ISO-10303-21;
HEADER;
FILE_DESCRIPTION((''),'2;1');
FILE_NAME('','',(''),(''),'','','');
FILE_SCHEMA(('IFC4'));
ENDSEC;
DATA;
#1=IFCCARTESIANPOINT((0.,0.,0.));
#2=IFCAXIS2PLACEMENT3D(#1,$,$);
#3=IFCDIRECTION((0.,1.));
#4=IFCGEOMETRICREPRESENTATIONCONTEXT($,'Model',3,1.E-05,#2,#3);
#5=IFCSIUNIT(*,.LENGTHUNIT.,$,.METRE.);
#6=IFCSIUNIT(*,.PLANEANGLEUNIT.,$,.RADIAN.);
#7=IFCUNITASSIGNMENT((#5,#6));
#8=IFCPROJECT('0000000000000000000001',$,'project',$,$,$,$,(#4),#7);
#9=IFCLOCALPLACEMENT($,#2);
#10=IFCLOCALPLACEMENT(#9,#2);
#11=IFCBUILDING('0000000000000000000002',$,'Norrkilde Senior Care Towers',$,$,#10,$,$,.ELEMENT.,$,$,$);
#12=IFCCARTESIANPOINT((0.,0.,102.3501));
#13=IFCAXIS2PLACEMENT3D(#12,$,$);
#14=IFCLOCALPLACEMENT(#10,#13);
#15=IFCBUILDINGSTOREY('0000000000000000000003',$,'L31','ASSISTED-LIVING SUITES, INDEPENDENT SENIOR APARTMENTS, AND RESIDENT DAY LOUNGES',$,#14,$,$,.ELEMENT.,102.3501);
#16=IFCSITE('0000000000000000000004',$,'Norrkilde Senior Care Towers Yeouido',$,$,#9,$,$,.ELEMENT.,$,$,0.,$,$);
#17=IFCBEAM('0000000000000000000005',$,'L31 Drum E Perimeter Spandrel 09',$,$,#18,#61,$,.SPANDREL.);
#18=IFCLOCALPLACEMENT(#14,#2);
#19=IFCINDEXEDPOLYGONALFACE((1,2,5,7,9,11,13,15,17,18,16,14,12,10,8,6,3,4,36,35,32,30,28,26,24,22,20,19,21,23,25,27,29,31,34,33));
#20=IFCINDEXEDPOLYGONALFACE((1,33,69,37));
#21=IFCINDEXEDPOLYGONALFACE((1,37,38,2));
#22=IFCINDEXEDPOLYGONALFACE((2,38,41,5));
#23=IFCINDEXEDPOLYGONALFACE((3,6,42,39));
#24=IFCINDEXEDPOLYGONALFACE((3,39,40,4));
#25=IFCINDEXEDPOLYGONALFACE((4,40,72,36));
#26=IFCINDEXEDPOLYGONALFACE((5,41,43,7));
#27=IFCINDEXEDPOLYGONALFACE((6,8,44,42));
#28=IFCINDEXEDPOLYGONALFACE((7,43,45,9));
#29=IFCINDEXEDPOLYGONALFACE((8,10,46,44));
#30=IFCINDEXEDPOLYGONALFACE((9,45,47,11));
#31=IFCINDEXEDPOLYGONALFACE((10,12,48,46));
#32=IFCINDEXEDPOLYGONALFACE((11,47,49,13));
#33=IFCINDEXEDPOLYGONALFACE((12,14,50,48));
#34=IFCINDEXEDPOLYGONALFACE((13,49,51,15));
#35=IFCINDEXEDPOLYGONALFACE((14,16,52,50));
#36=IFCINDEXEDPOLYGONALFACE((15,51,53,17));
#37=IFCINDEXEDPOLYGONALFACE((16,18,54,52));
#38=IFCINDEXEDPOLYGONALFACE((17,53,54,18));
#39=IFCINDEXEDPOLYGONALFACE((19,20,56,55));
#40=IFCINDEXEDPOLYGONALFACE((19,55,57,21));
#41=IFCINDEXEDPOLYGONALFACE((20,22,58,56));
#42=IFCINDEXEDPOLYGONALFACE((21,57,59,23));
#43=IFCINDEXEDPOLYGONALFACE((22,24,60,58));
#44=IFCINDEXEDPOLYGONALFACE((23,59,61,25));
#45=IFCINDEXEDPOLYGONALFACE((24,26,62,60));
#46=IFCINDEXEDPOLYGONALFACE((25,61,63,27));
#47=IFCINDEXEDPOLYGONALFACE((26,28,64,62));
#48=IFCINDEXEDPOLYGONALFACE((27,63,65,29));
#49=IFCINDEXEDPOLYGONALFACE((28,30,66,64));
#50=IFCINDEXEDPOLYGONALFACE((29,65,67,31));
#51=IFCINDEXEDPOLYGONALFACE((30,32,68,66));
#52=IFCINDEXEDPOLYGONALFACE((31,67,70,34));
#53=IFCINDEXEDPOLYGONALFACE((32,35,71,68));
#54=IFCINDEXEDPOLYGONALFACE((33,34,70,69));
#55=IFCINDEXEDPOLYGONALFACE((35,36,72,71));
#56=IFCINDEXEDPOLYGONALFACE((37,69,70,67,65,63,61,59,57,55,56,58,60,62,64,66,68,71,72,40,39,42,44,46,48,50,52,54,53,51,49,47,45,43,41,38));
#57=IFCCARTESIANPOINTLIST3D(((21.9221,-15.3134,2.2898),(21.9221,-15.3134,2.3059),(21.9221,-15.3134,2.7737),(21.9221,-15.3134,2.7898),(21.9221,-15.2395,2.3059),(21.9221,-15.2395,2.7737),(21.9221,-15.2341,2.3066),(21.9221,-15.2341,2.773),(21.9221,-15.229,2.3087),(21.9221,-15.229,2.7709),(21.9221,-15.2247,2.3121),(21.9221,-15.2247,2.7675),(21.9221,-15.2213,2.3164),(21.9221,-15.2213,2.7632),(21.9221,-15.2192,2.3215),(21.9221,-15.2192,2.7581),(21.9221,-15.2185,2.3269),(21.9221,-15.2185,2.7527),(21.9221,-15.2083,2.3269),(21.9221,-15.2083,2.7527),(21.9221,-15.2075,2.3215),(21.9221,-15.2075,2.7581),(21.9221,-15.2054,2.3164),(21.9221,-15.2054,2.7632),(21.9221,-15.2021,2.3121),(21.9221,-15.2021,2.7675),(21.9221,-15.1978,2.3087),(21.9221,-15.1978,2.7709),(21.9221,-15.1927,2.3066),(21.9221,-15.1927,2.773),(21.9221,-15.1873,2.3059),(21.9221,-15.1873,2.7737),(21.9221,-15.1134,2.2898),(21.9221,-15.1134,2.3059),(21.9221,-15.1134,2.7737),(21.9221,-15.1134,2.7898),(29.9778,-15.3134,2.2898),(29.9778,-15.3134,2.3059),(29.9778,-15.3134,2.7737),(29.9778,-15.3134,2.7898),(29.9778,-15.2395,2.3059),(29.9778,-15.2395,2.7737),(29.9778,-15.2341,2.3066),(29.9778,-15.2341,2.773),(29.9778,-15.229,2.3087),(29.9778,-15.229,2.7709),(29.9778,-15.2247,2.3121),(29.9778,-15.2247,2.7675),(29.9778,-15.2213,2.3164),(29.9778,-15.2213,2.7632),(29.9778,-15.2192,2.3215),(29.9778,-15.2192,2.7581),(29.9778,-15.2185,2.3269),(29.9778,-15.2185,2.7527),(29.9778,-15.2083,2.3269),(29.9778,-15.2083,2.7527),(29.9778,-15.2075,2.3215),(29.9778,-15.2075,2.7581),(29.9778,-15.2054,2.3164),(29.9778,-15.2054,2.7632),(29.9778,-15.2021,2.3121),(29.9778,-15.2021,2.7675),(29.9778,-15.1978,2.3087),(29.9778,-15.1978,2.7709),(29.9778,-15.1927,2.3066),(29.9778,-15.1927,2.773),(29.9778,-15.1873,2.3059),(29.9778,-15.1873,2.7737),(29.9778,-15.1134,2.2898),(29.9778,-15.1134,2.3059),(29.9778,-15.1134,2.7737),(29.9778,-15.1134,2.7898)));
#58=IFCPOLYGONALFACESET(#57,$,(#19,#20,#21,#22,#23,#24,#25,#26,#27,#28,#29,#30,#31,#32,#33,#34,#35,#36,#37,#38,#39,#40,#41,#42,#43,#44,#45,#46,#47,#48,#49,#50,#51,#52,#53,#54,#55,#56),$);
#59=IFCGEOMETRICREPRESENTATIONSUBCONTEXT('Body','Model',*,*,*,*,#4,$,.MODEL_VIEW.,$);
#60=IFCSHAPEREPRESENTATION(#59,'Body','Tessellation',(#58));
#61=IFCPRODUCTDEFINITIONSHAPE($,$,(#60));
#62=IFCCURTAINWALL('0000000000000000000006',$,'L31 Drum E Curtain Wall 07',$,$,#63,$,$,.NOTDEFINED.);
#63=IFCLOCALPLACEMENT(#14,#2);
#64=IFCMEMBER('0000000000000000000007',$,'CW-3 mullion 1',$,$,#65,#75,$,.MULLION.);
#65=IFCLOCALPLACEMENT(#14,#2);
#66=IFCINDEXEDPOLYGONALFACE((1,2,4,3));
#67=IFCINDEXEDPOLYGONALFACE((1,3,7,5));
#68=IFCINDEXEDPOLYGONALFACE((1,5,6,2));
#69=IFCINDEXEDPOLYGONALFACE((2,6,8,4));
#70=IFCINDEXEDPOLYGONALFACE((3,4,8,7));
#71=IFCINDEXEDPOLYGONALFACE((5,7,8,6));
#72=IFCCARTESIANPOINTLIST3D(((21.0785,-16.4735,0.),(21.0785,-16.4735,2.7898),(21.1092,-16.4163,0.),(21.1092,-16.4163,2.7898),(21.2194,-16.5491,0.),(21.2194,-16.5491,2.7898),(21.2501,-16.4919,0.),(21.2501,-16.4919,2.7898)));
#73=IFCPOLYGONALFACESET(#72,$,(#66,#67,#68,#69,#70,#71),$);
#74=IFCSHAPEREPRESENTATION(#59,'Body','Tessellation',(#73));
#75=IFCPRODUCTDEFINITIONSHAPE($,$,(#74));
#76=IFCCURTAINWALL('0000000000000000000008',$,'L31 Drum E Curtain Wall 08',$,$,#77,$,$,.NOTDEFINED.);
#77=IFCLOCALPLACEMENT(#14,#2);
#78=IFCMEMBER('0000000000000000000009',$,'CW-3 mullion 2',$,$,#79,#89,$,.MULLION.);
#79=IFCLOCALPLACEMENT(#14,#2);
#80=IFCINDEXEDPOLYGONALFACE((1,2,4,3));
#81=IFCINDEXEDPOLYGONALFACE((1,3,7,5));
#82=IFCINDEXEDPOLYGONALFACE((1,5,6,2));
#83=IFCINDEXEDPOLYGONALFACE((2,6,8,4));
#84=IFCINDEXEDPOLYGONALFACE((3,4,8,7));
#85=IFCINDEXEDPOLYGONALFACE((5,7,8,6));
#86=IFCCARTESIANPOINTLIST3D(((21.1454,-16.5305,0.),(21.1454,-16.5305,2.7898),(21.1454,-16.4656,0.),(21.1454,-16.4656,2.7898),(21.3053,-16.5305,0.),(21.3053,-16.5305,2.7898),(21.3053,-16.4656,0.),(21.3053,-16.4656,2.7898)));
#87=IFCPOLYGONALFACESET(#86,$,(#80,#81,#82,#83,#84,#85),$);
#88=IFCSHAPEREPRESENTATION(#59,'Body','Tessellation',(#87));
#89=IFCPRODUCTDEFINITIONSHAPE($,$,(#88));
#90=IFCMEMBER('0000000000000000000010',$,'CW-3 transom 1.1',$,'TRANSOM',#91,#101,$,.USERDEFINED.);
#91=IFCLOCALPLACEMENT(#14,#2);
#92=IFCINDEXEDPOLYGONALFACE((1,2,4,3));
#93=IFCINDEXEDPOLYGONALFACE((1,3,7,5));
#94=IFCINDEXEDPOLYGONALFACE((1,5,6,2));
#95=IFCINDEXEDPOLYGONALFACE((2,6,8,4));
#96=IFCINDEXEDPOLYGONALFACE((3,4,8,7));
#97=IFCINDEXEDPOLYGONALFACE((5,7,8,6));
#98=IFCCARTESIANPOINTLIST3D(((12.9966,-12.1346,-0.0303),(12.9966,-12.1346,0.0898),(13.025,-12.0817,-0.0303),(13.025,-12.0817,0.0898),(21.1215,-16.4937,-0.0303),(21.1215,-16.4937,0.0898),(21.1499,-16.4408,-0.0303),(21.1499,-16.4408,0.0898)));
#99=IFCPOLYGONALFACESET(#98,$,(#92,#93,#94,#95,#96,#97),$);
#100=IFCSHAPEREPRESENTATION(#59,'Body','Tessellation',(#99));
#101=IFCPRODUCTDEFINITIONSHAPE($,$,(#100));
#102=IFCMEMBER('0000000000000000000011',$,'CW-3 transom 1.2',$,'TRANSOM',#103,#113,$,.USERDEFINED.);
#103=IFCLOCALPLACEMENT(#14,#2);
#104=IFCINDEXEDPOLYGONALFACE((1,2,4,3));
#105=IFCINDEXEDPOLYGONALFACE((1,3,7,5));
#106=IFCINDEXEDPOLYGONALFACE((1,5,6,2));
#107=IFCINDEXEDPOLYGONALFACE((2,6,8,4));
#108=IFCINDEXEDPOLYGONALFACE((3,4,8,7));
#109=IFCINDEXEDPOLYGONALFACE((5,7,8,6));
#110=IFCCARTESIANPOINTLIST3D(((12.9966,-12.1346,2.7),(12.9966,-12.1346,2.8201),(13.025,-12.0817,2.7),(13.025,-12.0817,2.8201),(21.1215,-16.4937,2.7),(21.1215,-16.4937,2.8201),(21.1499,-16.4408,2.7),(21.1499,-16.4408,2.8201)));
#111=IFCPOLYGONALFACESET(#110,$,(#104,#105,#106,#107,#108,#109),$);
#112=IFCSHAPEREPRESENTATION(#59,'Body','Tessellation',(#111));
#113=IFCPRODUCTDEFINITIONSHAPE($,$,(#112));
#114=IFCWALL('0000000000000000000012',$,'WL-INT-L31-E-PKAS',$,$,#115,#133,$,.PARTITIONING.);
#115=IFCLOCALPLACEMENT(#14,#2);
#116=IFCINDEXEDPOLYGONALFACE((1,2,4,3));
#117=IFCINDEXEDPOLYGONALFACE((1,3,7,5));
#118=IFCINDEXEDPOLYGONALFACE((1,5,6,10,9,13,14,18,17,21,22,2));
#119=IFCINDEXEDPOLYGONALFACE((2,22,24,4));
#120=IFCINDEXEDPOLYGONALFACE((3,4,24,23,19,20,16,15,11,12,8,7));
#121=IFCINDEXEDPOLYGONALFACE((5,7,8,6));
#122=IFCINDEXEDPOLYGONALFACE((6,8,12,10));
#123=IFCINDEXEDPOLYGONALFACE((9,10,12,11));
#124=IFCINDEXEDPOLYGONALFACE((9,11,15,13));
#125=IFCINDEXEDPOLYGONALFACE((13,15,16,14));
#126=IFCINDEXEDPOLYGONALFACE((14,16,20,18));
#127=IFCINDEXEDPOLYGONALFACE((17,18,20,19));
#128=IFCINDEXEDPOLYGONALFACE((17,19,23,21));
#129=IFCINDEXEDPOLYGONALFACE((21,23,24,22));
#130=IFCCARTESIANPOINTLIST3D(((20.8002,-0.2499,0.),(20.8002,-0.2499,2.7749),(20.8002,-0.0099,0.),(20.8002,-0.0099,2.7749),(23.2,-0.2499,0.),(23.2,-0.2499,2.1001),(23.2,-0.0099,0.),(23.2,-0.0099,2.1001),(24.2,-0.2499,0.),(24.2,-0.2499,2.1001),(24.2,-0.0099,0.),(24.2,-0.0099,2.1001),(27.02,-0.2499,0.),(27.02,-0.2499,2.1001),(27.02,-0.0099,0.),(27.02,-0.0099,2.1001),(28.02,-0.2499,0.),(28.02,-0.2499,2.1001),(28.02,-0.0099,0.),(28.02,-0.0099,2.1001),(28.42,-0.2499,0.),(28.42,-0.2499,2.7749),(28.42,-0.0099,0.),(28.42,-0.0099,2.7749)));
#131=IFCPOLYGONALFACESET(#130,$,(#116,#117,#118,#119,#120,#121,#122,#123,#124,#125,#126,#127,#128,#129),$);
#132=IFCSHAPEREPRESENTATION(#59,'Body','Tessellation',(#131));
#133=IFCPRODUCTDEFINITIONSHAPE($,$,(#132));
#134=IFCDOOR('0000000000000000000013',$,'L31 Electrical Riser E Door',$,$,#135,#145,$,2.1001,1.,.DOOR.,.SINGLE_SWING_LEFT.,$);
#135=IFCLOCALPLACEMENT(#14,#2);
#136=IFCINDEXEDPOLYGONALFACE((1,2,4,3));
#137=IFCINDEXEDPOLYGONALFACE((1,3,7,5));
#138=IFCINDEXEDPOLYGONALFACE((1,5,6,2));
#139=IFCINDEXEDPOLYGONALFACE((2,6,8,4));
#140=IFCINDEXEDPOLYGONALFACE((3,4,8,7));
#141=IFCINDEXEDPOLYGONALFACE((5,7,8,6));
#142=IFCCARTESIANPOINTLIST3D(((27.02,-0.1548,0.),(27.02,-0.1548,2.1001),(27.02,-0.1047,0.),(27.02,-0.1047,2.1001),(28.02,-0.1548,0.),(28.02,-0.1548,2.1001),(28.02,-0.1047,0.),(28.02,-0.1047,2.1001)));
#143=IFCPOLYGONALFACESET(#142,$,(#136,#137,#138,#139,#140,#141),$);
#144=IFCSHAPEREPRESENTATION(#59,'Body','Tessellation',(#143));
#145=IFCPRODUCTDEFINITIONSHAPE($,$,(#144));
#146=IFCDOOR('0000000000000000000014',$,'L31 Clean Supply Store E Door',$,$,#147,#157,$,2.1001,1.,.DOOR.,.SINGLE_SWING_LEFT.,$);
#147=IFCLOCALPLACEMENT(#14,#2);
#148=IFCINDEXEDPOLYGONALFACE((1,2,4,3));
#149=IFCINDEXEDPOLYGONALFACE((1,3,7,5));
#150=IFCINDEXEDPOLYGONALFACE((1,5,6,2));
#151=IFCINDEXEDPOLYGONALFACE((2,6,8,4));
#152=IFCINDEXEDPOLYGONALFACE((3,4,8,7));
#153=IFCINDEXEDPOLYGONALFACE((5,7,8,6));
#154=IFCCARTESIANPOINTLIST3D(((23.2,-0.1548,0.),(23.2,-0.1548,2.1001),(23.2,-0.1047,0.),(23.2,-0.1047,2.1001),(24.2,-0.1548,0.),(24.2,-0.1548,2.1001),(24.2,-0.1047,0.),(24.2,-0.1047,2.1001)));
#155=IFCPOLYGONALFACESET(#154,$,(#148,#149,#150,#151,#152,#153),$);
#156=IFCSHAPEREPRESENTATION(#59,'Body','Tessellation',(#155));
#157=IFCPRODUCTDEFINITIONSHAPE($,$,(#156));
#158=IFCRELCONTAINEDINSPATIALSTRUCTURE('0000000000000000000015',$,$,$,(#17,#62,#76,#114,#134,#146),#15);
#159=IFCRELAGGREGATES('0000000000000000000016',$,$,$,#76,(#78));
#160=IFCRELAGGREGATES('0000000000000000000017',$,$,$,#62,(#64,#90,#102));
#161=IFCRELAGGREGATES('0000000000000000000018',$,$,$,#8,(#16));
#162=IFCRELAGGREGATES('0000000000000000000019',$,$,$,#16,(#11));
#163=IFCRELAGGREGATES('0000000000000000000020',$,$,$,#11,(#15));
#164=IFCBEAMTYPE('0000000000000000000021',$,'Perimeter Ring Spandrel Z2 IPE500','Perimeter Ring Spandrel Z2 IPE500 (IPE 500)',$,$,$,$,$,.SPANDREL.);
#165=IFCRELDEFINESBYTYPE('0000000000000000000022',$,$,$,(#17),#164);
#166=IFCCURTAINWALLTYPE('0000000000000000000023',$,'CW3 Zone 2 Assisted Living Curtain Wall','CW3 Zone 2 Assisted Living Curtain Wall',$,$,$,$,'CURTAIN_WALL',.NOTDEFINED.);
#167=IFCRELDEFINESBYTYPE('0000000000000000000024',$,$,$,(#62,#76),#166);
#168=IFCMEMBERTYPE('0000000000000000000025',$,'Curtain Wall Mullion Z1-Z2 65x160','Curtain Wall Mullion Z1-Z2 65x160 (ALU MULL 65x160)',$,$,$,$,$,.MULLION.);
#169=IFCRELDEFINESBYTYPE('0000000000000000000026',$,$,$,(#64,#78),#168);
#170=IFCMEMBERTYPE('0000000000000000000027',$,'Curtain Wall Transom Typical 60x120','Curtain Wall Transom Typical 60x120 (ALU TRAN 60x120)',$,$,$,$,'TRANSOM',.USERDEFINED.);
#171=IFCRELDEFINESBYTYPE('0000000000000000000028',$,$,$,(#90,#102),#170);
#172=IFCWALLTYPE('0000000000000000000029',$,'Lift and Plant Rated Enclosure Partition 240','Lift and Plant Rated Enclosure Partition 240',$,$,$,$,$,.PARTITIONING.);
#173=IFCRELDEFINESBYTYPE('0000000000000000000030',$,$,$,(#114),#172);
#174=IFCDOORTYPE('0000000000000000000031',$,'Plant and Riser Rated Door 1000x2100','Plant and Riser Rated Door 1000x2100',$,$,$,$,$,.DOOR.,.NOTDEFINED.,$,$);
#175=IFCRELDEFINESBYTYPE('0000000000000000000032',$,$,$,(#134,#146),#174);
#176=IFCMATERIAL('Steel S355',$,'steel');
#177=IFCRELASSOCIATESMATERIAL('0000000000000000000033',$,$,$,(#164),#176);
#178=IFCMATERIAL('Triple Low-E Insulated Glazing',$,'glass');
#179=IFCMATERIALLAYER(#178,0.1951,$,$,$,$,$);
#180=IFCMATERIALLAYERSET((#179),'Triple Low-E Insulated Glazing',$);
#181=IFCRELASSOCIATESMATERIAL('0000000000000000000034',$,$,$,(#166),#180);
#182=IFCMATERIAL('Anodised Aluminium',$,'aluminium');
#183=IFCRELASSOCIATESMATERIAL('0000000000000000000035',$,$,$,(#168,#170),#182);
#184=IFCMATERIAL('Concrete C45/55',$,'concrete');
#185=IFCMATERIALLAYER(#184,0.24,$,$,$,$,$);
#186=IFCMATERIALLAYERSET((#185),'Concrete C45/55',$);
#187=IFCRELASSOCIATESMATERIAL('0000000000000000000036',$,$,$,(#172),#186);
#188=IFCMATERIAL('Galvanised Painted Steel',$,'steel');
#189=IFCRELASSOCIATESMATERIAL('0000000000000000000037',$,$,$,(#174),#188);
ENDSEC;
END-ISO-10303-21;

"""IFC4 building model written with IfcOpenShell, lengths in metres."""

from ifc_helpers import new_model, si_unit, direction, frame, frame_2d, origin, origin_2d, place, context, subcontext, project, spatial, rectangle, i_section, extrude, source, transform, mapped, material, layer, layer_set, material_profile, profile_set, type_object, type_shapes, element, fill, aggregate, save


model = new_model("IFC4")

# Units and contexts
model_context = context("Model", 3, precision=1e-05, world=origin(), true_north=direction((0.0, 1.0)))
body_context = subcontext(model_context, "Body", "Model", "MODEL_VIEW")
ifc_project = project(units=[si_unit("LENGTHUNIT", "METRE"), si_unit("PLANEANGLEUNIT", "RADIAN")], contexts=[model_context])

# Site, building, storey
site_placement = place(None, origin())
site = spatial("IfcSite", under=ifc_project, at=site_placement, Name="Norrkilde Senior Care Towers Yeouido", CompositionType="ELEMENT", RefElevation=0.0)
building_placement = place(site_placement, origin())
building = spatial("IfcBuilding", under=site, at=building_placement, Name="Norrkilde Senior Care Towers", CompositionType="ELEMENT")
storey_placement = place(building_placement, frame((0.0, 0.0, 102.3501)))
storey = spatial("IfcBuildingStorey", under=building, at=storey_placement, Name="L31", Description="ASSISTED-LIVING SUITES, INDEPENDENT SENIOR APARTMENTS, AND RESIDENT DAY LOUNGES", CompositionType="ELEMENT", Elevation=102.3501)

# Beam
ifc_material_1 = material(Name="Steel S355", Category="steel")
ifc_material_profile_1 = material_profile(ifc_material_1, i_section(OverallWidth=0.2, OverallDepth=0.5, WebThickness=0.0103, FlangeThickness=0.0161, FilletRadius=0.021, at=origin_2d()), Name="IPE 500")
ifc_profile_set_1 = profile_set([ifc_material_profile_1], Name="Steel S355")
beam_type_1 = type_object("IfcBeamType", Name="Perimeter Ring Spandrel Z2 IPE500", Description="Perimeter Ring Spandrel Z2 IPE500 (IPE 500)", PredefinedType="SPANDREL", material=ifc_profile_set_1)
shared_shape_1 = source(origin(), body_context, "Body", "SweptSolid", [
    extrude(i_section(OverallWidth=0.2, OverallDepth=0.5, WebThickness=0.0103, FlangeThickness=0.0161, FilletRadius=0.021, at=origin_2d()), origin(), (0.0, 0.0, 1.0), 8.0557),
])
type_shapes(beam_type_1, [shared_shape_1])
beam_1_placement = place(storey_placement, frame((21.9221, -15.2134, 2.5398), z_axis=(1.0, 0.0, 0.0), x_axis=(0.0, 1.0, 0.0)))
element("IfcBeam", 1, at=beam_1_placement, inside=storey, type_object=beam_type_1, Name="L31 Drum E Perimeter Spandrel 09", PredefinedType="SPANDREL", context=body_context, shape_type="MappedRepresentation", body=[
    mapped(shared_shape_1, transform((0.0, 0.0, 0.0), x_axis=(1.0, 0.0, 0.0), y_axis=(0.0, 1.0, 0.0), z_axis=(0.0, 0.0, 1.0), scale=1.0)),
])

# Curtain walls, members
ifc_material_2 = material(Name="Triple Low-E Insulated Glazing", Category="glass")
ifc_layer_1 = layer(ifc_material_2, 0.1951)
ifc_layer_set_1 = layer_set([ifc_layer_1], Name="Triple Low-E Insulated Glazing")
curtain_wall_type = type_object("IfcCurtainWallType", Name="CW3 Zone 2 Assisted Living Curtain Wall", Description="CW3 Zone 2 Assisted Living Curtain Wall", ElementType="CURTAIN_WALL", PredefinedType="NOTDEFINED", material=ifc_layer_set_1)
curtain_wall_1_placement = place(storey_placement, origin())
curtain_wall_1 = element("IfcCurtainWall", 2, at=curtain_wall_1_placement, inside=storey, type_object=curtain_wall_type, Name="L31 Drum E Curtain Wall 07", PredefinedType="NOTDEFINED")
ifc_material_3 = material(Name="Anodised Aluminium", Category="aluminium")
ifc_material_profile_2 = material_profile(ifc_material_3, rectangle(XDim=0.0649, YDim=0.1599, at=origin_2d()), Name="ALU MULL 65x160")
ifc_profile_set_2 = profile_set([ifc_material_profile_2], Name="Anodised Aluminium")
member_type_1 = type_object("IfcMemberType", Name="Curtain Wall Mullion Z1-Z2 65x160", Description="Curtain Wall Mullion Z1-Z2 65x160 (ALU MULL 65x160)", PredefinedType="MULLION", material=ifc_profile_set_2)
shared_shape_2 = source(origin(), body_context, "Body", "SweptSolid", [
    extrude(rectangle(XDim=0.0649, YDim=0.1599, at=origin_2d()), origin(), (0.0, 0.0, 1.0), 2.7898),
])
type_shapes(member_type_1, [shared_shape_2])
member_1_placement = place(storey_placement, frame((21.1643, -16.4827, 0.0), z_axis=(0.0, 0.0, 1.0), x_axis=(-0.472769, -0.881186, 0.0)))
member_1 = element("IfcMember", 3, at=member_1_placement, type_object=member_type_1, Name="CW-3 mullion 1", PredefinedType="MULLION", context=body_context, shape_type="MappedRepresentation", body=[
    mapped(shared_shape_2, transform((0.0, 0.0, 0.0), x_axis=(1.0, 0.0, 0.0), y_axis=(0.0, 1.0, 0.0), z_axis=(0.0, 0.0, 1.0), scale=1.0)),
])
curtain_wall_2_placement = place(storey_placement, origin())
curtain_wall_2 = element("IfcCurtainWall", 4, at=curtain_wall_2_placement, inside=storey, type_object=curtain_wall_type, Name="L31 Drum E Curtain Wall 08", PredefinedType="NOTDEFINED")
member_2_placement = place(storey_placement, frame((21.2253, -16.498, 0.0), z_axis=(0.0, 0.0, 1.0), x_axis=(0.0, -1.0, 0.0)))
member_2 = element("IfcMember", 5, at=member_2_placement, type_object=member_type_1, Name="CW-3 mullion 2", PredefinedType="MULLION", context=body_context, shape_type="MappedRepresentation", body=[
    mapped(shared_shape_2, transform((0.0, 0.0, 0.0), x_axis=(1.0, 0.0, 0.0), y_axis=(0.0, 1.0, 0.0), z_axis=(0.0, 0.0, 1.0), scale=1.0)),
])
aggregate(curtain_wall_2, [member_2])

# Members
ifc_material_profile_3 = material_profile(ifc_material_3, rectangle(XDim=0.0601, YDim=0.1201, at=origin_2d()), Name="ALU TRAN 60x120")
ifc_profile_set_3 = profile_set([ifc_material_profile_3], Name="Anodised Aluminium")
member_type_2 = type_object("IfcMemberType", Name="Curtain Wall Transom Typical 60x120", Description="Curtain Wall Transom Typical 60x120 (ALU TRAN 60x120)", ElementType="TRANSOM", PredefinedType="USERDEFINED", material=ifc_profile_set_3)
shared_shape_3 = source(origin(), body_context, "Body", "SweptSolid", [
    extrude(rectangle(XDim=0.0601, YDim=0.1201, at=origin_2d()), origin(), (0.0, 0.0, 1.0), 9.2205),
])
type_shapes(member_type_2, [shared_shape_3])
member_3_placement = place(storey_placement, frame((21.1357, -16.4673, 0.0298), z_axis=(-0.881189, 0.472765, 0.0), x_axis=(-0.472765, -0.881189, 0.0)))
member_3 = element("IfcMember", 6, at=member_3_placement, type_object=member_type_2, Name="CW-3 transom 1.1", ObjectType="TRANSOM", PredefinedType="USERDEFINED", context=body_context, shape_type="MappedRepresentation", body=[
    mapped(shared_shape_3, transform((0.0, 0.0, 0.0), x_axis=(1.0, 0.0, 0.0), y_axis=(0.0, 1.0, 0.0), z_axis=(0.0, 0.0, 1.0), scale=1.0)),
])
member_4_placement = place(storey_placement, frame((21.1357, -16.4673, 2.76), z_axis=(-0.881189, 0.472765, 0.0), x_axis=(-0.472765, -0.881189, 0.0)))
member_4 = element("IfcMember", 7, at=member_4_placement, type_object=member_type_2, Name="CW-3 transom 1.2", ObjectType="TRANSOM", PredefinedType="USERDEFINED", context=body_context, shape_type="MappedRepresentation", body=[
    mapped(shared_shape_3, transform((0.0, 0.0, 0.0), x_axis=(1.0, 0.0, 0.0), y_axis=(0.0, 1.0, 0.0), z_axis=(0.0, 0.0, 1.0), scale=1.0)),
])
aggregate(curtain_wall_1, [member_1, member_3, member_4])

# Shared definitions
ifc_material_4 = material(Name="Galvanised Painted Steel", Category="steel")

# Wall, openings, doors
ifc_material_5 = material(Name="Concrete C45/55", Category="concrete")
ifc_layer_2 = layer(ifc_material_5, 0.24)
ifc_layer_set_2 = layer_set([ifc_layer_2], Name="Concrete C45/55")
wall_type_1 = type_object("IfcWallType", Name="Lift and Plant Rated Enclosure Partition 240", Description="Lift and Plant Rated Enclosure Partition 240", PredefinedType="PARTITIONING", material=ifc_layer_set_2)
shared_shape_4 = source(origin(), body_context, "Body", "SweptSolid", [
    extrude(rectangle(XDim=7.6199, YDim=0.24, at=frame_2d((3.8101, 0.0))), origin(), (0.0, 0.0, 1.0), 2.7749),
])
type_shapes(wall_type_1, [shared_shape_4])
wall_1_placement = place(storey_placement, frame((20.8, -0.1299, 0.0), z_axis=(0.0, 0.0, 1.0), x_axis=(1.0, 0.0, 0.0)))
wall_1 = element("IfcWall", 8, at=wall_1_placement, inside=storey, type_object=wall_type_1, Name="WL-INT-L31-E-PKAS", PredefinedType="PARTITIONING", context=body_context, shape_type="MappedRepresentation", body=[
    mapped(shared_shape_4, transform((0.0, 0.0, 0.0), x_axis=(1.0, 0.0, 0.0), y_axis=(0.0, 1.0, 0.0), z_axis=(0.0, 0.0, 1.0), scale=1.0)),
])
opening_1_placement = place(wall_1_placement, frame((6.22, 0.0, 0.0)))
opening_1 = element("IfcOpeningElement", 9, at=opening_1_placement, cuts=wall_1, PredefinedType="OPENING", context=body_context, shape_type="SweptSolid", body=[
    extrude(rectangle(XDim=1.0, YDim=2.1001, at=frame_2d((0.5, 1.05))), frame((0.0, 0.1299, 0.0), z_axis=(0.0, -1.0, 0.0), x_axis=(1.0, 0.0, 0.0)), (0.0, 0.0, 1.0), 0.26),
])
opening_2_placement = place(wall_1_placement, frame((2.3999, 0.0, 0.0)))
opening_2 = element("IfcOpeningElement", 10, at=opening_2_placement, cuts=wall_1, PredefinedType="OPENING", context=body_context, shape_type="SweptSolid", body=[
    extrude(rectangle(XDim=1.0, YDim=2.1001, at=frame_2d((0.5, 1.05))), frame((0.0, 0.1299, 0.0), z_axis=(0.0, -1.0, 0.0), x_axis=(1.0, 0.0, 0.0)), (0.0, 0.0, 1.0), 0.26),
])
door_type_1 = type_object("IfcDoorType", Name="Plant and Riser Rated Door 1000x2100", Description="Plant and Riser Rated Door 1000x2100", OperationType="NOTDEFINED", PredefinedType="DOOR", material=ifc_material_4)
shared_shape_5 = source(origin(), body_context, "Body", "SweptSolid", [
    extrude(rectangle(XDim=1.0, YDim=2.1001, at=frame_2d((0.5, 1.05))), frame((0.0, 0.0249, 0.0), z_axis=(0.0, -1.0, 0.0), x_axis=(1.0, 0.0, 0.0)), (0.0, 0.0, 1.0), 0.05),
])
type_shapes(door_type_1, [shared_shape_5])
door_1_placement = place(opening_1_placement, frame((1.0, 0.0, 0.0), z_axis=(0.0, 0.0, 1.0), x_axis=(-1.0, 0.0, 0.0)))
door_1 = element("IfcDoor", 11, at=door_1_placement, inside=storey, type_object=door_type_1, Name="L31 Electrical Riser E Door", OperationType="SINGLE_SWING_LEFT", OverallHeight=2.1001, OverallWidth=1.0, PredefinedType="DOOR", context=body_context, shape_type="MappedRepresentation", body=[
    mapped(shared_shape_5, transform((0.0, 0.0, 0.0), x_axis=(1.0, 0.0, 0.0), y_axis=(0.0, 1.0, 0.0), z_axis=(0.0, 0.0, 1.0), scale=1.0)),
])
fill(opening_1, door_1)
door_2_placement = place(opening_2_placement, frame((1.0, 0.0, 0.0), z_axis=(0.0, 0.0, 1.0), x_axis=(-1.0, 0.0, 0.0)))
door_2 = element("IfcDoor", 12, at=door_2_placement, inside=storey, type_object=door_type_1, Name="L31 Clean Supply Store E Door", OperationType="SINGLE_SWING_LEFT", OverallHeight=2.1001, OverallWidth=1.0, PredefinedType="DOOR", context=body_context, shape_type="MappedRepresentation", body=[
    mapped(shared_shape_5, transform((0.0, 0.0, 0.0), x_axis=(1.0, 0.0, 0.0), y_axis=(0.0, 1.0, 0.0), z_axis=(0.0, 0.0, 1.0), scale=1.0)),
])
fill(opening_2, door_2)

save(model, "model.ifc")
